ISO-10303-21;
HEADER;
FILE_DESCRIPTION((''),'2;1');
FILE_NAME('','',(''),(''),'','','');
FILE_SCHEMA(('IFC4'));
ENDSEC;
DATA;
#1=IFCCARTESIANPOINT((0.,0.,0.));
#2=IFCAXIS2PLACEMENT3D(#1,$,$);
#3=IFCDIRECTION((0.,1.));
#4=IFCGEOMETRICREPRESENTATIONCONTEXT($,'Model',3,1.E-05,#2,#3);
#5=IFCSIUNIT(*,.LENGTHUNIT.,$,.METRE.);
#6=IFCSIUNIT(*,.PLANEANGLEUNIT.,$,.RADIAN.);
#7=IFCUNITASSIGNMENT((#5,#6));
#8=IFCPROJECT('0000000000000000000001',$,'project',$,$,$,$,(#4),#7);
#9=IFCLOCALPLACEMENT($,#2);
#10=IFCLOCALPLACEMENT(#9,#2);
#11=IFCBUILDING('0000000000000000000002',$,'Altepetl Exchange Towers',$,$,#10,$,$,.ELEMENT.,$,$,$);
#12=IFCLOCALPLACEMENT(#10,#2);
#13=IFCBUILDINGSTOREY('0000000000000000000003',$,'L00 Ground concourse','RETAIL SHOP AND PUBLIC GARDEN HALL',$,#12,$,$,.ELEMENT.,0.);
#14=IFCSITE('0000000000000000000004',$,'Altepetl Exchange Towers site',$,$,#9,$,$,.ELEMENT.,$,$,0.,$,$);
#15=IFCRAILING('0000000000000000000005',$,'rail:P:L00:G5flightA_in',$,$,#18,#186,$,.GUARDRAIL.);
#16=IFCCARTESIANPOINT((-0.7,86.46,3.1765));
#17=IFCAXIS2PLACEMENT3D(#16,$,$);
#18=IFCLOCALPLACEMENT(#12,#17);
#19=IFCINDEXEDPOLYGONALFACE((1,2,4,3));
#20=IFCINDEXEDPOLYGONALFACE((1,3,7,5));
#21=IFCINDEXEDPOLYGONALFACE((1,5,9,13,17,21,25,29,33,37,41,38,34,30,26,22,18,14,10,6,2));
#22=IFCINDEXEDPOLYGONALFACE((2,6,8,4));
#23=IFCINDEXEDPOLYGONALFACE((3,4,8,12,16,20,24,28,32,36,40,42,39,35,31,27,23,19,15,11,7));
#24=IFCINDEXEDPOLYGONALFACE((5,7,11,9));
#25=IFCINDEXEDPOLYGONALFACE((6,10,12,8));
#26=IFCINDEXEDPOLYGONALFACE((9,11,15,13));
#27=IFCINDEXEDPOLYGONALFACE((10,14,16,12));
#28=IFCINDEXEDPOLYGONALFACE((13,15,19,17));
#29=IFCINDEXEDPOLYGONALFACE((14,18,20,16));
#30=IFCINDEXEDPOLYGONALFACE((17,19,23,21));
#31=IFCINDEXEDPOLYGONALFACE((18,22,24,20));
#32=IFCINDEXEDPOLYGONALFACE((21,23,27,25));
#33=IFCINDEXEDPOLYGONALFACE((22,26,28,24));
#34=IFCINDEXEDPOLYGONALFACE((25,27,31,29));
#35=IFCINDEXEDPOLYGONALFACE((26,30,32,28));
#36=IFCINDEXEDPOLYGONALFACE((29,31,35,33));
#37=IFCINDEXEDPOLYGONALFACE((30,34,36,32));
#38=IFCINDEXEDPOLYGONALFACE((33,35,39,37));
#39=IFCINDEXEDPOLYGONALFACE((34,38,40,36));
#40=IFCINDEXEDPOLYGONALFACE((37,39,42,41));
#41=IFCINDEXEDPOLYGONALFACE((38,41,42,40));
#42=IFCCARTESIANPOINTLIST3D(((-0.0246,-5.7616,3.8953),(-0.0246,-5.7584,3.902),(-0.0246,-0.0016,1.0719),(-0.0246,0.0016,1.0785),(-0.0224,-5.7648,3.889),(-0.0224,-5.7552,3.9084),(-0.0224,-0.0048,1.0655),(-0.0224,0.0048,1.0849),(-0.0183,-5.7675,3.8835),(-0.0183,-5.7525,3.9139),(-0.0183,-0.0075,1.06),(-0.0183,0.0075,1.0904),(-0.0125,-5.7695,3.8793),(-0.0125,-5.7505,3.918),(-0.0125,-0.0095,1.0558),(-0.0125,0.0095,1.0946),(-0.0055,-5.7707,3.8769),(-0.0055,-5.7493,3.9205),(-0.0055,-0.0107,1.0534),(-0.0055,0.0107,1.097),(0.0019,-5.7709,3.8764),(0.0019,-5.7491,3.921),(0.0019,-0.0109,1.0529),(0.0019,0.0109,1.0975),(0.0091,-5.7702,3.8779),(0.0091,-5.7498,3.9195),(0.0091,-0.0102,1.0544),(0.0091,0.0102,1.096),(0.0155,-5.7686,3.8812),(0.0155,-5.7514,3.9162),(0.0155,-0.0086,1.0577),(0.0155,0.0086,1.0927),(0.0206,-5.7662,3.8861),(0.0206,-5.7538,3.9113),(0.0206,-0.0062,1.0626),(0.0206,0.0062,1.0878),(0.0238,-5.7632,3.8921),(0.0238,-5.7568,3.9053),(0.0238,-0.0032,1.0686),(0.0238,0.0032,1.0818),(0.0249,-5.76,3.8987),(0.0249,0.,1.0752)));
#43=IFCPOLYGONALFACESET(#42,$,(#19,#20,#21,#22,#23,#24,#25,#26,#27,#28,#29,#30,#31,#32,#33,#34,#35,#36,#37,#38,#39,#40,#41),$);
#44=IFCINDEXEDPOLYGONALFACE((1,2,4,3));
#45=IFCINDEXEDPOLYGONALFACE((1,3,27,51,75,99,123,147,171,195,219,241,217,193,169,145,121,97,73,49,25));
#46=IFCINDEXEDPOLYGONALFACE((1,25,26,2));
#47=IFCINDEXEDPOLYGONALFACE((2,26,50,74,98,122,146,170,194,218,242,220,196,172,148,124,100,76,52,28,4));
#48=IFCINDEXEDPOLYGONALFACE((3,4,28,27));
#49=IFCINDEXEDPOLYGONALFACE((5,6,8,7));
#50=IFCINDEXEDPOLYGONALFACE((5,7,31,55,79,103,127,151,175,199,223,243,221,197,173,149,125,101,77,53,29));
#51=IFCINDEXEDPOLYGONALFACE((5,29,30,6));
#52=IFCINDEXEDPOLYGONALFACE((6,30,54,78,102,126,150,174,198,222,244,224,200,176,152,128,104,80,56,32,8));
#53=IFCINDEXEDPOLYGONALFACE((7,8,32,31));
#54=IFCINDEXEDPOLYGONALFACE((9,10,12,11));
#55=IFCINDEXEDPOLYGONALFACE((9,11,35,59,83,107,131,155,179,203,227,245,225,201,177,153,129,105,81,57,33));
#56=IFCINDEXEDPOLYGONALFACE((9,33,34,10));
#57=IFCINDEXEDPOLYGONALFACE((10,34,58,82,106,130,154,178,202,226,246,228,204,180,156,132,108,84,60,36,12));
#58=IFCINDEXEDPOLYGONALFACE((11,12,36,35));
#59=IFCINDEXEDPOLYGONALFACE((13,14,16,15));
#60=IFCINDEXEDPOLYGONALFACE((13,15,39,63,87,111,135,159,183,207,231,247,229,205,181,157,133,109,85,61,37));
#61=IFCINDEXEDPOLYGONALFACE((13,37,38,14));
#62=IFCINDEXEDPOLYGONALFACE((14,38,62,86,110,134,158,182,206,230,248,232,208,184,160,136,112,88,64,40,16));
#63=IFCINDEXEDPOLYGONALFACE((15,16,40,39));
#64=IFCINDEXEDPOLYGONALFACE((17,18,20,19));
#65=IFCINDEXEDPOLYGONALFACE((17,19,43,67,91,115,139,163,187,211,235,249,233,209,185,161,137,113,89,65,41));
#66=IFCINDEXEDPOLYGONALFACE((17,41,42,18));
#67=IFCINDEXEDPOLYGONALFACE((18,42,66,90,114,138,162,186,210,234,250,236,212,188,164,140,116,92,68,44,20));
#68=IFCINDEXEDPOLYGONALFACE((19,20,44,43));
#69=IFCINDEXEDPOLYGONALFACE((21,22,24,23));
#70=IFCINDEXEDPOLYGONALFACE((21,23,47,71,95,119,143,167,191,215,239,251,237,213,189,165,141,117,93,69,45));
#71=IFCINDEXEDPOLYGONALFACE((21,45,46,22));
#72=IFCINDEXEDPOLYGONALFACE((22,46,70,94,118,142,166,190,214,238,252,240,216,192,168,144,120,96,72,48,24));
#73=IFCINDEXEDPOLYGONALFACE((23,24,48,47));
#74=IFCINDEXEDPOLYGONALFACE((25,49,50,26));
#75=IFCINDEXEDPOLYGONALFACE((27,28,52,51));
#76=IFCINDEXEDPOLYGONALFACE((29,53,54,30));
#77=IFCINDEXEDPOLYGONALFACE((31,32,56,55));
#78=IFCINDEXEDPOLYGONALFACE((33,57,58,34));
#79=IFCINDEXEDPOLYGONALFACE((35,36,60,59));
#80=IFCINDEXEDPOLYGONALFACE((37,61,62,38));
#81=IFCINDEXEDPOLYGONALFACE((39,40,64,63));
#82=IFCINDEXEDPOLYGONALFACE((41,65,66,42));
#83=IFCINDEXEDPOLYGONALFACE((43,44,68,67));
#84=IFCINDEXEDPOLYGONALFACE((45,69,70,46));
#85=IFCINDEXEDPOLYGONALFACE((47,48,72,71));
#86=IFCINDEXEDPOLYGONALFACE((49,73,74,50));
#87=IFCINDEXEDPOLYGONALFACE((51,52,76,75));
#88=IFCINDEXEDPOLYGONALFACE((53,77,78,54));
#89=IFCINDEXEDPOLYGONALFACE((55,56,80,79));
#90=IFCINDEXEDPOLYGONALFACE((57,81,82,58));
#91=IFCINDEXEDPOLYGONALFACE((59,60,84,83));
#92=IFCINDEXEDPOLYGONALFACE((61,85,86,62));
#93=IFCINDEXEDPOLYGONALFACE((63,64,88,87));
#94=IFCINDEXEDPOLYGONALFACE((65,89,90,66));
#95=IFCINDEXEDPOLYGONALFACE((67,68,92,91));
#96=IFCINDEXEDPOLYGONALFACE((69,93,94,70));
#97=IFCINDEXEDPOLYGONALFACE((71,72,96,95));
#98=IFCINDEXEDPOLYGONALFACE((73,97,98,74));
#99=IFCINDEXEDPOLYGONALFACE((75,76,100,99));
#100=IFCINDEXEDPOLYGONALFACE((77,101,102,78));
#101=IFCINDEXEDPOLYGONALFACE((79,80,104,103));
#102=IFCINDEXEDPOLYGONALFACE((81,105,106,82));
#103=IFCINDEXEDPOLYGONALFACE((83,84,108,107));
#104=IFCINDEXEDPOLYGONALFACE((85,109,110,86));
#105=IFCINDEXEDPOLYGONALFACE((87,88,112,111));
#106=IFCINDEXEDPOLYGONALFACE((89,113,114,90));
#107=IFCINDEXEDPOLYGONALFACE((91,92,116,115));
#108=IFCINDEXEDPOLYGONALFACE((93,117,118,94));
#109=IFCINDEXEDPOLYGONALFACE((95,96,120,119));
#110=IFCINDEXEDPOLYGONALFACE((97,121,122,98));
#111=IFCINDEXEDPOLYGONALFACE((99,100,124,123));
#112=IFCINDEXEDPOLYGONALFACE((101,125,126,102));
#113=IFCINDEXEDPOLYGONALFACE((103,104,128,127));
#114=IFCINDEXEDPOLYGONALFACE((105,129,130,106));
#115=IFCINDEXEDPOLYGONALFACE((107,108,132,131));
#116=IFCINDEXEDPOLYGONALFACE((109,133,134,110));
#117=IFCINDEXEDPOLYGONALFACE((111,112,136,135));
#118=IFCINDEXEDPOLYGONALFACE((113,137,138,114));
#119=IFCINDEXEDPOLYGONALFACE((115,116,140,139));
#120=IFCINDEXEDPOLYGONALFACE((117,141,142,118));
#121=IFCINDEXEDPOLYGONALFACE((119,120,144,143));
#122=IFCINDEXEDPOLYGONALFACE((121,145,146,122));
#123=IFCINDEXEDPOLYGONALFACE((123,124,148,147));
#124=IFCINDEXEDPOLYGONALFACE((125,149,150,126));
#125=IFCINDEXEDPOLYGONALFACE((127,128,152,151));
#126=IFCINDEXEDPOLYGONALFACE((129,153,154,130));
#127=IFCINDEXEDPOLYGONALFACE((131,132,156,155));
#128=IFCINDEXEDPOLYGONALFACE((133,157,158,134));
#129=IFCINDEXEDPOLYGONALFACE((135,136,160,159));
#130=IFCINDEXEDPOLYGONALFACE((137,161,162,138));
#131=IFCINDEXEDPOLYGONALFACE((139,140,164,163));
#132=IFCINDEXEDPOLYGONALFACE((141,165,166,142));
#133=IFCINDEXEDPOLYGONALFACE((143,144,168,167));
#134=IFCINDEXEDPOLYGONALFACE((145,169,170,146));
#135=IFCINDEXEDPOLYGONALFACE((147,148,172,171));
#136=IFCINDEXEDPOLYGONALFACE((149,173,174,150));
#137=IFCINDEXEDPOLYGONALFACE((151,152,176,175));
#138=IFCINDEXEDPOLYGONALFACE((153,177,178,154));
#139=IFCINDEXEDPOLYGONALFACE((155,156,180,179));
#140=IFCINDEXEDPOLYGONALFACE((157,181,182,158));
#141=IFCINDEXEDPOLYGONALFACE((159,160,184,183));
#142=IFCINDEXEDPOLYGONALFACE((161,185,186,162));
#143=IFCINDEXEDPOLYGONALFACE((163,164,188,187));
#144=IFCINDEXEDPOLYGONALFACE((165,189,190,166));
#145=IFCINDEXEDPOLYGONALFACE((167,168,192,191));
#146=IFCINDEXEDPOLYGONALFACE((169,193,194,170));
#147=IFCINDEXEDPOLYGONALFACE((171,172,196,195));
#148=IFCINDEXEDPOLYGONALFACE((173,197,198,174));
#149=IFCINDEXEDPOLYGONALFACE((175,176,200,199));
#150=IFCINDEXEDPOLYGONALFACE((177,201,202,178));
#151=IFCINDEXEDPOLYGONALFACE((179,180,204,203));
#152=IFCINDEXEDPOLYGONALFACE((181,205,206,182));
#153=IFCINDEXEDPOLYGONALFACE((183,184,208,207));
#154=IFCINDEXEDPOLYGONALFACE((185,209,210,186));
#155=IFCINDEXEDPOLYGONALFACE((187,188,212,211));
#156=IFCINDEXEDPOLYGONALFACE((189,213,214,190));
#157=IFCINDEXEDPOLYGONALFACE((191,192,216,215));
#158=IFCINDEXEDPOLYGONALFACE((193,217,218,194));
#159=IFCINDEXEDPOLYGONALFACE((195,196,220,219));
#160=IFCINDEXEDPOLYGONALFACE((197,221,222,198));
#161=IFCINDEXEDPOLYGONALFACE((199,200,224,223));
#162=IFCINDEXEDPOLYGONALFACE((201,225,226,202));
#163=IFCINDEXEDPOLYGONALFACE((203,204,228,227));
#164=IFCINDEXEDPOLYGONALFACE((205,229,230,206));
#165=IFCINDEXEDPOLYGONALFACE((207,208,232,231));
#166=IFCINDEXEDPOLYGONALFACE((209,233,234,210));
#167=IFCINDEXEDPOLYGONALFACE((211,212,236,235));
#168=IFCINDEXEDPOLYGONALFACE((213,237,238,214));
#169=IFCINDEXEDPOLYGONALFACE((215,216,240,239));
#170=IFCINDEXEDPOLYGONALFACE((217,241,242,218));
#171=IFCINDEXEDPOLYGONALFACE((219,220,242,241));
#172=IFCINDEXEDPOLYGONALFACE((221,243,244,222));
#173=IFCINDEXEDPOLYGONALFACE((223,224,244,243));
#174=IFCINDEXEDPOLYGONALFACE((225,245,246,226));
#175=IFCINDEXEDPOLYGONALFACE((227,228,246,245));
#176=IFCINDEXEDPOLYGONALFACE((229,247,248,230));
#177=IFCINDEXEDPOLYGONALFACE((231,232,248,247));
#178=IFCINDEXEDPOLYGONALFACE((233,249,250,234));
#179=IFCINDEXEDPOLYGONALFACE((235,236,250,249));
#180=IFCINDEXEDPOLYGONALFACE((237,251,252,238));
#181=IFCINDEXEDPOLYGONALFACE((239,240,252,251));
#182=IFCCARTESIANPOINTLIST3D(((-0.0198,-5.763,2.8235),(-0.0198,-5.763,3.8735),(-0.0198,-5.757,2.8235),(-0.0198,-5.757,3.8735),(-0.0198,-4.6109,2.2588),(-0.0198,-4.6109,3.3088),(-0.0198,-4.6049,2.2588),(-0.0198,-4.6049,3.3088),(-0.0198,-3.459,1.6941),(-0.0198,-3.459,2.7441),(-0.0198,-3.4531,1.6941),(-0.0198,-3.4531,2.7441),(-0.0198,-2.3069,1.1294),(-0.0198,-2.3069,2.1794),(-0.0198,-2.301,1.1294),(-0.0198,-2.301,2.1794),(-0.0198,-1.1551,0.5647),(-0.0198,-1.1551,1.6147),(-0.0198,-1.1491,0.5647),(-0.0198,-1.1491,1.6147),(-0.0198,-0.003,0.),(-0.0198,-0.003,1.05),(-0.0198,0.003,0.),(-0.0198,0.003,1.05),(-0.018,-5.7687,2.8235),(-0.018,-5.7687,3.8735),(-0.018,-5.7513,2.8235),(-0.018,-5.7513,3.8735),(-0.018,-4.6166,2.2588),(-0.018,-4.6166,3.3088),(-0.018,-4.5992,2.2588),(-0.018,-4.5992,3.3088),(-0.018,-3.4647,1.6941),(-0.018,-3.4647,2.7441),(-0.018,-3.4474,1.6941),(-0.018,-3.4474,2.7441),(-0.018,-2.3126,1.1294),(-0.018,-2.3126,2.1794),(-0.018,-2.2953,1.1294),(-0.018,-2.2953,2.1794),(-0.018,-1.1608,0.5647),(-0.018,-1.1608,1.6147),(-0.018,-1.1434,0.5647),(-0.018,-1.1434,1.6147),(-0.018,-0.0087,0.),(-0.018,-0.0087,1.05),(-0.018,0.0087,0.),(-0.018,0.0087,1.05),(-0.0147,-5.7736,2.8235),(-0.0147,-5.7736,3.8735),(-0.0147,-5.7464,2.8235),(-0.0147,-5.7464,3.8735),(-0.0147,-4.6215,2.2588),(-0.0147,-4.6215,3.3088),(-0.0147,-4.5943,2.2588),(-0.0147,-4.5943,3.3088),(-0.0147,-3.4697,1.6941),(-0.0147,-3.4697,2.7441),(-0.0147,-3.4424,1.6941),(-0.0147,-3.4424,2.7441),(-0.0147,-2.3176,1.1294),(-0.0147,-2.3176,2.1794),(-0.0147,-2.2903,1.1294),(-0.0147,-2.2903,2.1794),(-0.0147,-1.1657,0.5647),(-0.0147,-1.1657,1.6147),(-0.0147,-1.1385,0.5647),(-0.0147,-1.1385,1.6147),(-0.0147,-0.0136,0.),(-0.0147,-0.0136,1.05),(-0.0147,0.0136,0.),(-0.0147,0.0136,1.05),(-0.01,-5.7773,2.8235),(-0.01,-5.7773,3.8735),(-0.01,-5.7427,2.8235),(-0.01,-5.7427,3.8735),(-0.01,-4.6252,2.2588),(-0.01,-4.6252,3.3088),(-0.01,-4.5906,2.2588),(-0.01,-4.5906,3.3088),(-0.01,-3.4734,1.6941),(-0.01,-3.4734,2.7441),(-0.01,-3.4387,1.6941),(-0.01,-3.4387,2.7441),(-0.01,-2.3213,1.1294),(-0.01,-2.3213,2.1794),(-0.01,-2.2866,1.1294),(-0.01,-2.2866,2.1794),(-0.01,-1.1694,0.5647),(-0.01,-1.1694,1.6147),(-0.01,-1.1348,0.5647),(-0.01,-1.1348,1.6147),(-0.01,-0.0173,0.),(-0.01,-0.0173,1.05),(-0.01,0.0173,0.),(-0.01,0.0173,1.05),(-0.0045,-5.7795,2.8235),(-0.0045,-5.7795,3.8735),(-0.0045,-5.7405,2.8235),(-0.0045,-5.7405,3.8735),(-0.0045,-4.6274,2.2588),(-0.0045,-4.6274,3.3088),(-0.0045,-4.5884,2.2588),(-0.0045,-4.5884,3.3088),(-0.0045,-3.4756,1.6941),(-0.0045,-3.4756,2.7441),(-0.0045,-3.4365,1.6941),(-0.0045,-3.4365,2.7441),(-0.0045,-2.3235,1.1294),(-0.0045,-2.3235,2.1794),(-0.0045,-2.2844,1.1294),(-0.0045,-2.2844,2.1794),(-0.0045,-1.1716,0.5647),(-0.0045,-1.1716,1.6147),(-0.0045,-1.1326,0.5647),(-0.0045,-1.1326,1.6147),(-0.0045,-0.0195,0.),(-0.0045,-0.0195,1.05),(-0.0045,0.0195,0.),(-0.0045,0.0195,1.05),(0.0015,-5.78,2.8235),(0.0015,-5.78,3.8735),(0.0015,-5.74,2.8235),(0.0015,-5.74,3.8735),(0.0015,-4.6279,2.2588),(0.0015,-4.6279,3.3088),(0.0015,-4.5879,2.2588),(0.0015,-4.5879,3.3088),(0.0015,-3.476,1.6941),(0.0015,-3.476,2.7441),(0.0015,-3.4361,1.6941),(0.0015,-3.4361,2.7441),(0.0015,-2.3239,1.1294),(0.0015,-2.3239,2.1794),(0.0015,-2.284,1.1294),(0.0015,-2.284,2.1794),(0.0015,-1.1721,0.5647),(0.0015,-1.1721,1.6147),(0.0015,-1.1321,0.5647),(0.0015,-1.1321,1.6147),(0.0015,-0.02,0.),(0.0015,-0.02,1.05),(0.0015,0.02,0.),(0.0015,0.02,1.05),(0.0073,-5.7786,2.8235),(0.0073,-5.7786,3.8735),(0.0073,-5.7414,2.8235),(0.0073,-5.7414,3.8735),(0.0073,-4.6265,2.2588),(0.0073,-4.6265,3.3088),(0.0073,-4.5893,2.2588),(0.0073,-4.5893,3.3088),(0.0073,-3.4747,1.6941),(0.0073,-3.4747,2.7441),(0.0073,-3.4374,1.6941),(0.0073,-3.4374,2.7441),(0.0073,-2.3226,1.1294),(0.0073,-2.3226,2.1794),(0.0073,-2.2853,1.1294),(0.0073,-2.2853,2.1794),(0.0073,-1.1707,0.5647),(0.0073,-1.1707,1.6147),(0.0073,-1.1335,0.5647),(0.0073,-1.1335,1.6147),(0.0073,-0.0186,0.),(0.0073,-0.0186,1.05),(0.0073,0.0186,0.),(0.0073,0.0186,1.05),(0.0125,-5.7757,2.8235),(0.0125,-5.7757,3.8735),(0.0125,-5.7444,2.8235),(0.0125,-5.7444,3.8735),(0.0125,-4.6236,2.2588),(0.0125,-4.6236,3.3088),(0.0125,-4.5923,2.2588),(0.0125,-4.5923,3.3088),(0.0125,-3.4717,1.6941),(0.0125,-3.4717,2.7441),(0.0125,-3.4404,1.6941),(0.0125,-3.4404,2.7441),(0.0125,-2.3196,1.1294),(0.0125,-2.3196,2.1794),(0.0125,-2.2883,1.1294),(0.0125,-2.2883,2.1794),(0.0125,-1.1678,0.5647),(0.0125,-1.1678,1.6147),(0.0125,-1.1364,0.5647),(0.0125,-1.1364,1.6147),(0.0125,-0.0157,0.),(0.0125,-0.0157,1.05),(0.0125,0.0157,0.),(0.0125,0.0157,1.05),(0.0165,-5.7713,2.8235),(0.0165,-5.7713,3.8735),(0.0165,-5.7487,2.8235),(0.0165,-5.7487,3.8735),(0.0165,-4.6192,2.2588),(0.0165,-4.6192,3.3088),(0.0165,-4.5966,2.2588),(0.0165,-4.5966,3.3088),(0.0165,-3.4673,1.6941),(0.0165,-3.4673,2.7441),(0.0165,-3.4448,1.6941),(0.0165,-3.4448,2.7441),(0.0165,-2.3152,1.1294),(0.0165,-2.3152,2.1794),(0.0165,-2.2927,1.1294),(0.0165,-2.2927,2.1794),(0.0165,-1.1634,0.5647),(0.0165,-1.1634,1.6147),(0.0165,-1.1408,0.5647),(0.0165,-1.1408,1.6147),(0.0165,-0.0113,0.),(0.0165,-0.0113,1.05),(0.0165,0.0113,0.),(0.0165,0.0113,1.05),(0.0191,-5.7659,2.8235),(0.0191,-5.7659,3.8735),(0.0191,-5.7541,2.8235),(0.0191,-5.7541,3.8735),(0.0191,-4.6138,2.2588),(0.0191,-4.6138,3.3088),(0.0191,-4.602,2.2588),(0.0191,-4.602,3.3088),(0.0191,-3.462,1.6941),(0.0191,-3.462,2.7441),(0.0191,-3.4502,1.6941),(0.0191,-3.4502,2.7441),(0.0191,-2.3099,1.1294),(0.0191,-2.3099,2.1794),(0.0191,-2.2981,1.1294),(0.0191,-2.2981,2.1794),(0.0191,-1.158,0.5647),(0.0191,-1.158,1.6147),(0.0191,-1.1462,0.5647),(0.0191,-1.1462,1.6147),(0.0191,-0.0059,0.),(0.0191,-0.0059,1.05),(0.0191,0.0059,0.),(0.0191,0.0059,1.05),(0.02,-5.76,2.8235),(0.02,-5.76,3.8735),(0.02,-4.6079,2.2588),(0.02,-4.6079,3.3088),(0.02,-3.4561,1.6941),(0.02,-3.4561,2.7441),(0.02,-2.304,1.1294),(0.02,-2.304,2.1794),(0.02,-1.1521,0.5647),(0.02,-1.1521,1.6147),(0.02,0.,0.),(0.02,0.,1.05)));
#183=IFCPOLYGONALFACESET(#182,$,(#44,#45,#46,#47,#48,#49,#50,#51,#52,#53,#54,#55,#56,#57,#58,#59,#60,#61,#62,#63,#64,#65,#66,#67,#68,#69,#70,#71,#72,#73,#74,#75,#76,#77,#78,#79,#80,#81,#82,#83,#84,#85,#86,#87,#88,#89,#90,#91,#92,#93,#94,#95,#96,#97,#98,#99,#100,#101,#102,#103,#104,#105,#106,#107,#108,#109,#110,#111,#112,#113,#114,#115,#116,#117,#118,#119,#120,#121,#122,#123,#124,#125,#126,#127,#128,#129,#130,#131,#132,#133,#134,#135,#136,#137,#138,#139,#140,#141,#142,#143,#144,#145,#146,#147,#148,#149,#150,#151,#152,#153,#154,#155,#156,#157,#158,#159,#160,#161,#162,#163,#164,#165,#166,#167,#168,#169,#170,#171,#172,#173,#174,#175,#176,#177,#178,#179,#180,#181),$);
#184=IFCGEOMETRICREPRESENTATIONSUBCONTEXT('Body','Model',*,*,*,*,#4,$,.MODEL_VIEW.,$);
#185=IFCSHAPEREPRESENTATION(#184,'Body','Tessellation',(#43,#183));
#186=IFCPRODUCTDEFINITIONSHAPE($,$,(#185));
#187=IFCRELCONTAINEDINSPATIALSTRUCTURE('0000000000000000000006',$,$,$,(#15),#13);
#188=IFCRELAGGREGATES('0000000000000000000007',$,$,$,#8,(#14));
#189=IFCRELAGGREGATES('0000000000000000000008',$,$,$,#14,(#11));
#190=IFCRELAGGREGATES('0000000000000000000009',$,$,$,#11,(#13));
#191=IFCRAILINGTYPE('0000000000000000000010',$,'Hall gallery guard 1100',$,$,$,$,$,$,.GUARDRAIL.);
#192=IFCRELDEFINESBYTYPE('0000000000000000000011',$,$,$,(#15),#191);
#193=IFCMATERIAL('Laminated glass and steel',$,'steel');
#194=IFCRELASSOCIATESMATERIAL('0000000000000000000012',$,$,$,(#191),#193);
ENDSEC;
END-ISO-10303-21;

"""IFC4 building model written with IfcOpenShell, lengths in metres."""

from ifc_helpers import new_model, si_unit, direction, frame, origin, origin_2d, place, context, subcontext, project, spatial, circle, extrude, source, transform, mapped, material, type_object, element, save


model = new_model("IFC4")

# Units and contexts
model_context = context("Model", 3, precision=1e-05, world=origin(), true_north=direction((0.0, 1.0)))
body_context = subcontext(model_context, "Body", "Model", "MODEL_VIEW")
ifc_project = project(units=[si_unit("LENGTHUNIT", "METRE"), si_unit("PLANEANGLEUNIT", "RADIAN")], contexts=[model_context])

# Site, building, storey
site_placement = place(None, origin())
site = spatial("IfcSite", under=ifc_project, at=site_placement, Name="Altepetl Exchange Towers site", CompositionType="ELEMENT", RefElevation=0.0)
building_placement = place(site_placement, origin())
building = spatial("IfcBuilding", under=site, at=building_placement, Name="Altepetl Exchange Towers", CompositionType="ELEMENT")
storey_placement = place(building_placement, origin())
storey = spatial("IfcBuildingStorey", under=building, at=storey_placement, Name="L00 Ground concourse", Description="RETAIL SHOP AND PUBLIC GARDEN HALL", CompositionType="ELEMENT", Elevation=0.0)

# Railing
ifc_material_1 = material(Name="Laminated glass and steel", Category="steel")
railing_type_1 = type_object("IfcRailingType", Name="Hall gallery guard 1100", PredefinedType="GUARDRAIL", material=ifc_material_1)
shared_shape_1 = source(origin(), body_context, "Body", "SweptSolid", [
    extrude(circle(Radius=0.02, at=origin_2d()), origin(), (0.0, 0.0, 1.0), 1.05),
])
for number, where, name in (
    (1, (-0.7, 86.46, 3.1765), "rail:P:L00:G5flightA_in"),
):
    element("IfcRailing", number, at=place(storey_placement, frame(where)), inside=storey, type_object=railing_type_1, Name=name, PredefinedType="GUARDRAIL", context=body_context, shape_type="SweptSolid", body=[
        extrude(circle(Radius=0.0249, at=origin_2d()), frame((0.0, 0.0, 1.0752), z_axis=(0.0, -0.897924, 0.440151), x_axis=(1.0, 0.0, 0.0)), (0.0, 0.0, 1.0), 6.4148),
        mapped(shared_shape_1, transform((0.0, 0.0, 0.0))),
        mapped(shared_shape_1, transform((0.0, -1.1521, 0.5647))),
        mapped(shared_shape_1, transform((0.0, -2.304, 1.1294))),
        mapped(shared_shape_1, transform((0.0, -3.4561, 1.6941))),
        mapped(shared_shape_1, transform((0.0, -4.6079, 2.2588))),
        mapped(shared_shape_1, transform((0.0, -5.76, 2.8235))),
    ])

save(model, "model.ifc")
